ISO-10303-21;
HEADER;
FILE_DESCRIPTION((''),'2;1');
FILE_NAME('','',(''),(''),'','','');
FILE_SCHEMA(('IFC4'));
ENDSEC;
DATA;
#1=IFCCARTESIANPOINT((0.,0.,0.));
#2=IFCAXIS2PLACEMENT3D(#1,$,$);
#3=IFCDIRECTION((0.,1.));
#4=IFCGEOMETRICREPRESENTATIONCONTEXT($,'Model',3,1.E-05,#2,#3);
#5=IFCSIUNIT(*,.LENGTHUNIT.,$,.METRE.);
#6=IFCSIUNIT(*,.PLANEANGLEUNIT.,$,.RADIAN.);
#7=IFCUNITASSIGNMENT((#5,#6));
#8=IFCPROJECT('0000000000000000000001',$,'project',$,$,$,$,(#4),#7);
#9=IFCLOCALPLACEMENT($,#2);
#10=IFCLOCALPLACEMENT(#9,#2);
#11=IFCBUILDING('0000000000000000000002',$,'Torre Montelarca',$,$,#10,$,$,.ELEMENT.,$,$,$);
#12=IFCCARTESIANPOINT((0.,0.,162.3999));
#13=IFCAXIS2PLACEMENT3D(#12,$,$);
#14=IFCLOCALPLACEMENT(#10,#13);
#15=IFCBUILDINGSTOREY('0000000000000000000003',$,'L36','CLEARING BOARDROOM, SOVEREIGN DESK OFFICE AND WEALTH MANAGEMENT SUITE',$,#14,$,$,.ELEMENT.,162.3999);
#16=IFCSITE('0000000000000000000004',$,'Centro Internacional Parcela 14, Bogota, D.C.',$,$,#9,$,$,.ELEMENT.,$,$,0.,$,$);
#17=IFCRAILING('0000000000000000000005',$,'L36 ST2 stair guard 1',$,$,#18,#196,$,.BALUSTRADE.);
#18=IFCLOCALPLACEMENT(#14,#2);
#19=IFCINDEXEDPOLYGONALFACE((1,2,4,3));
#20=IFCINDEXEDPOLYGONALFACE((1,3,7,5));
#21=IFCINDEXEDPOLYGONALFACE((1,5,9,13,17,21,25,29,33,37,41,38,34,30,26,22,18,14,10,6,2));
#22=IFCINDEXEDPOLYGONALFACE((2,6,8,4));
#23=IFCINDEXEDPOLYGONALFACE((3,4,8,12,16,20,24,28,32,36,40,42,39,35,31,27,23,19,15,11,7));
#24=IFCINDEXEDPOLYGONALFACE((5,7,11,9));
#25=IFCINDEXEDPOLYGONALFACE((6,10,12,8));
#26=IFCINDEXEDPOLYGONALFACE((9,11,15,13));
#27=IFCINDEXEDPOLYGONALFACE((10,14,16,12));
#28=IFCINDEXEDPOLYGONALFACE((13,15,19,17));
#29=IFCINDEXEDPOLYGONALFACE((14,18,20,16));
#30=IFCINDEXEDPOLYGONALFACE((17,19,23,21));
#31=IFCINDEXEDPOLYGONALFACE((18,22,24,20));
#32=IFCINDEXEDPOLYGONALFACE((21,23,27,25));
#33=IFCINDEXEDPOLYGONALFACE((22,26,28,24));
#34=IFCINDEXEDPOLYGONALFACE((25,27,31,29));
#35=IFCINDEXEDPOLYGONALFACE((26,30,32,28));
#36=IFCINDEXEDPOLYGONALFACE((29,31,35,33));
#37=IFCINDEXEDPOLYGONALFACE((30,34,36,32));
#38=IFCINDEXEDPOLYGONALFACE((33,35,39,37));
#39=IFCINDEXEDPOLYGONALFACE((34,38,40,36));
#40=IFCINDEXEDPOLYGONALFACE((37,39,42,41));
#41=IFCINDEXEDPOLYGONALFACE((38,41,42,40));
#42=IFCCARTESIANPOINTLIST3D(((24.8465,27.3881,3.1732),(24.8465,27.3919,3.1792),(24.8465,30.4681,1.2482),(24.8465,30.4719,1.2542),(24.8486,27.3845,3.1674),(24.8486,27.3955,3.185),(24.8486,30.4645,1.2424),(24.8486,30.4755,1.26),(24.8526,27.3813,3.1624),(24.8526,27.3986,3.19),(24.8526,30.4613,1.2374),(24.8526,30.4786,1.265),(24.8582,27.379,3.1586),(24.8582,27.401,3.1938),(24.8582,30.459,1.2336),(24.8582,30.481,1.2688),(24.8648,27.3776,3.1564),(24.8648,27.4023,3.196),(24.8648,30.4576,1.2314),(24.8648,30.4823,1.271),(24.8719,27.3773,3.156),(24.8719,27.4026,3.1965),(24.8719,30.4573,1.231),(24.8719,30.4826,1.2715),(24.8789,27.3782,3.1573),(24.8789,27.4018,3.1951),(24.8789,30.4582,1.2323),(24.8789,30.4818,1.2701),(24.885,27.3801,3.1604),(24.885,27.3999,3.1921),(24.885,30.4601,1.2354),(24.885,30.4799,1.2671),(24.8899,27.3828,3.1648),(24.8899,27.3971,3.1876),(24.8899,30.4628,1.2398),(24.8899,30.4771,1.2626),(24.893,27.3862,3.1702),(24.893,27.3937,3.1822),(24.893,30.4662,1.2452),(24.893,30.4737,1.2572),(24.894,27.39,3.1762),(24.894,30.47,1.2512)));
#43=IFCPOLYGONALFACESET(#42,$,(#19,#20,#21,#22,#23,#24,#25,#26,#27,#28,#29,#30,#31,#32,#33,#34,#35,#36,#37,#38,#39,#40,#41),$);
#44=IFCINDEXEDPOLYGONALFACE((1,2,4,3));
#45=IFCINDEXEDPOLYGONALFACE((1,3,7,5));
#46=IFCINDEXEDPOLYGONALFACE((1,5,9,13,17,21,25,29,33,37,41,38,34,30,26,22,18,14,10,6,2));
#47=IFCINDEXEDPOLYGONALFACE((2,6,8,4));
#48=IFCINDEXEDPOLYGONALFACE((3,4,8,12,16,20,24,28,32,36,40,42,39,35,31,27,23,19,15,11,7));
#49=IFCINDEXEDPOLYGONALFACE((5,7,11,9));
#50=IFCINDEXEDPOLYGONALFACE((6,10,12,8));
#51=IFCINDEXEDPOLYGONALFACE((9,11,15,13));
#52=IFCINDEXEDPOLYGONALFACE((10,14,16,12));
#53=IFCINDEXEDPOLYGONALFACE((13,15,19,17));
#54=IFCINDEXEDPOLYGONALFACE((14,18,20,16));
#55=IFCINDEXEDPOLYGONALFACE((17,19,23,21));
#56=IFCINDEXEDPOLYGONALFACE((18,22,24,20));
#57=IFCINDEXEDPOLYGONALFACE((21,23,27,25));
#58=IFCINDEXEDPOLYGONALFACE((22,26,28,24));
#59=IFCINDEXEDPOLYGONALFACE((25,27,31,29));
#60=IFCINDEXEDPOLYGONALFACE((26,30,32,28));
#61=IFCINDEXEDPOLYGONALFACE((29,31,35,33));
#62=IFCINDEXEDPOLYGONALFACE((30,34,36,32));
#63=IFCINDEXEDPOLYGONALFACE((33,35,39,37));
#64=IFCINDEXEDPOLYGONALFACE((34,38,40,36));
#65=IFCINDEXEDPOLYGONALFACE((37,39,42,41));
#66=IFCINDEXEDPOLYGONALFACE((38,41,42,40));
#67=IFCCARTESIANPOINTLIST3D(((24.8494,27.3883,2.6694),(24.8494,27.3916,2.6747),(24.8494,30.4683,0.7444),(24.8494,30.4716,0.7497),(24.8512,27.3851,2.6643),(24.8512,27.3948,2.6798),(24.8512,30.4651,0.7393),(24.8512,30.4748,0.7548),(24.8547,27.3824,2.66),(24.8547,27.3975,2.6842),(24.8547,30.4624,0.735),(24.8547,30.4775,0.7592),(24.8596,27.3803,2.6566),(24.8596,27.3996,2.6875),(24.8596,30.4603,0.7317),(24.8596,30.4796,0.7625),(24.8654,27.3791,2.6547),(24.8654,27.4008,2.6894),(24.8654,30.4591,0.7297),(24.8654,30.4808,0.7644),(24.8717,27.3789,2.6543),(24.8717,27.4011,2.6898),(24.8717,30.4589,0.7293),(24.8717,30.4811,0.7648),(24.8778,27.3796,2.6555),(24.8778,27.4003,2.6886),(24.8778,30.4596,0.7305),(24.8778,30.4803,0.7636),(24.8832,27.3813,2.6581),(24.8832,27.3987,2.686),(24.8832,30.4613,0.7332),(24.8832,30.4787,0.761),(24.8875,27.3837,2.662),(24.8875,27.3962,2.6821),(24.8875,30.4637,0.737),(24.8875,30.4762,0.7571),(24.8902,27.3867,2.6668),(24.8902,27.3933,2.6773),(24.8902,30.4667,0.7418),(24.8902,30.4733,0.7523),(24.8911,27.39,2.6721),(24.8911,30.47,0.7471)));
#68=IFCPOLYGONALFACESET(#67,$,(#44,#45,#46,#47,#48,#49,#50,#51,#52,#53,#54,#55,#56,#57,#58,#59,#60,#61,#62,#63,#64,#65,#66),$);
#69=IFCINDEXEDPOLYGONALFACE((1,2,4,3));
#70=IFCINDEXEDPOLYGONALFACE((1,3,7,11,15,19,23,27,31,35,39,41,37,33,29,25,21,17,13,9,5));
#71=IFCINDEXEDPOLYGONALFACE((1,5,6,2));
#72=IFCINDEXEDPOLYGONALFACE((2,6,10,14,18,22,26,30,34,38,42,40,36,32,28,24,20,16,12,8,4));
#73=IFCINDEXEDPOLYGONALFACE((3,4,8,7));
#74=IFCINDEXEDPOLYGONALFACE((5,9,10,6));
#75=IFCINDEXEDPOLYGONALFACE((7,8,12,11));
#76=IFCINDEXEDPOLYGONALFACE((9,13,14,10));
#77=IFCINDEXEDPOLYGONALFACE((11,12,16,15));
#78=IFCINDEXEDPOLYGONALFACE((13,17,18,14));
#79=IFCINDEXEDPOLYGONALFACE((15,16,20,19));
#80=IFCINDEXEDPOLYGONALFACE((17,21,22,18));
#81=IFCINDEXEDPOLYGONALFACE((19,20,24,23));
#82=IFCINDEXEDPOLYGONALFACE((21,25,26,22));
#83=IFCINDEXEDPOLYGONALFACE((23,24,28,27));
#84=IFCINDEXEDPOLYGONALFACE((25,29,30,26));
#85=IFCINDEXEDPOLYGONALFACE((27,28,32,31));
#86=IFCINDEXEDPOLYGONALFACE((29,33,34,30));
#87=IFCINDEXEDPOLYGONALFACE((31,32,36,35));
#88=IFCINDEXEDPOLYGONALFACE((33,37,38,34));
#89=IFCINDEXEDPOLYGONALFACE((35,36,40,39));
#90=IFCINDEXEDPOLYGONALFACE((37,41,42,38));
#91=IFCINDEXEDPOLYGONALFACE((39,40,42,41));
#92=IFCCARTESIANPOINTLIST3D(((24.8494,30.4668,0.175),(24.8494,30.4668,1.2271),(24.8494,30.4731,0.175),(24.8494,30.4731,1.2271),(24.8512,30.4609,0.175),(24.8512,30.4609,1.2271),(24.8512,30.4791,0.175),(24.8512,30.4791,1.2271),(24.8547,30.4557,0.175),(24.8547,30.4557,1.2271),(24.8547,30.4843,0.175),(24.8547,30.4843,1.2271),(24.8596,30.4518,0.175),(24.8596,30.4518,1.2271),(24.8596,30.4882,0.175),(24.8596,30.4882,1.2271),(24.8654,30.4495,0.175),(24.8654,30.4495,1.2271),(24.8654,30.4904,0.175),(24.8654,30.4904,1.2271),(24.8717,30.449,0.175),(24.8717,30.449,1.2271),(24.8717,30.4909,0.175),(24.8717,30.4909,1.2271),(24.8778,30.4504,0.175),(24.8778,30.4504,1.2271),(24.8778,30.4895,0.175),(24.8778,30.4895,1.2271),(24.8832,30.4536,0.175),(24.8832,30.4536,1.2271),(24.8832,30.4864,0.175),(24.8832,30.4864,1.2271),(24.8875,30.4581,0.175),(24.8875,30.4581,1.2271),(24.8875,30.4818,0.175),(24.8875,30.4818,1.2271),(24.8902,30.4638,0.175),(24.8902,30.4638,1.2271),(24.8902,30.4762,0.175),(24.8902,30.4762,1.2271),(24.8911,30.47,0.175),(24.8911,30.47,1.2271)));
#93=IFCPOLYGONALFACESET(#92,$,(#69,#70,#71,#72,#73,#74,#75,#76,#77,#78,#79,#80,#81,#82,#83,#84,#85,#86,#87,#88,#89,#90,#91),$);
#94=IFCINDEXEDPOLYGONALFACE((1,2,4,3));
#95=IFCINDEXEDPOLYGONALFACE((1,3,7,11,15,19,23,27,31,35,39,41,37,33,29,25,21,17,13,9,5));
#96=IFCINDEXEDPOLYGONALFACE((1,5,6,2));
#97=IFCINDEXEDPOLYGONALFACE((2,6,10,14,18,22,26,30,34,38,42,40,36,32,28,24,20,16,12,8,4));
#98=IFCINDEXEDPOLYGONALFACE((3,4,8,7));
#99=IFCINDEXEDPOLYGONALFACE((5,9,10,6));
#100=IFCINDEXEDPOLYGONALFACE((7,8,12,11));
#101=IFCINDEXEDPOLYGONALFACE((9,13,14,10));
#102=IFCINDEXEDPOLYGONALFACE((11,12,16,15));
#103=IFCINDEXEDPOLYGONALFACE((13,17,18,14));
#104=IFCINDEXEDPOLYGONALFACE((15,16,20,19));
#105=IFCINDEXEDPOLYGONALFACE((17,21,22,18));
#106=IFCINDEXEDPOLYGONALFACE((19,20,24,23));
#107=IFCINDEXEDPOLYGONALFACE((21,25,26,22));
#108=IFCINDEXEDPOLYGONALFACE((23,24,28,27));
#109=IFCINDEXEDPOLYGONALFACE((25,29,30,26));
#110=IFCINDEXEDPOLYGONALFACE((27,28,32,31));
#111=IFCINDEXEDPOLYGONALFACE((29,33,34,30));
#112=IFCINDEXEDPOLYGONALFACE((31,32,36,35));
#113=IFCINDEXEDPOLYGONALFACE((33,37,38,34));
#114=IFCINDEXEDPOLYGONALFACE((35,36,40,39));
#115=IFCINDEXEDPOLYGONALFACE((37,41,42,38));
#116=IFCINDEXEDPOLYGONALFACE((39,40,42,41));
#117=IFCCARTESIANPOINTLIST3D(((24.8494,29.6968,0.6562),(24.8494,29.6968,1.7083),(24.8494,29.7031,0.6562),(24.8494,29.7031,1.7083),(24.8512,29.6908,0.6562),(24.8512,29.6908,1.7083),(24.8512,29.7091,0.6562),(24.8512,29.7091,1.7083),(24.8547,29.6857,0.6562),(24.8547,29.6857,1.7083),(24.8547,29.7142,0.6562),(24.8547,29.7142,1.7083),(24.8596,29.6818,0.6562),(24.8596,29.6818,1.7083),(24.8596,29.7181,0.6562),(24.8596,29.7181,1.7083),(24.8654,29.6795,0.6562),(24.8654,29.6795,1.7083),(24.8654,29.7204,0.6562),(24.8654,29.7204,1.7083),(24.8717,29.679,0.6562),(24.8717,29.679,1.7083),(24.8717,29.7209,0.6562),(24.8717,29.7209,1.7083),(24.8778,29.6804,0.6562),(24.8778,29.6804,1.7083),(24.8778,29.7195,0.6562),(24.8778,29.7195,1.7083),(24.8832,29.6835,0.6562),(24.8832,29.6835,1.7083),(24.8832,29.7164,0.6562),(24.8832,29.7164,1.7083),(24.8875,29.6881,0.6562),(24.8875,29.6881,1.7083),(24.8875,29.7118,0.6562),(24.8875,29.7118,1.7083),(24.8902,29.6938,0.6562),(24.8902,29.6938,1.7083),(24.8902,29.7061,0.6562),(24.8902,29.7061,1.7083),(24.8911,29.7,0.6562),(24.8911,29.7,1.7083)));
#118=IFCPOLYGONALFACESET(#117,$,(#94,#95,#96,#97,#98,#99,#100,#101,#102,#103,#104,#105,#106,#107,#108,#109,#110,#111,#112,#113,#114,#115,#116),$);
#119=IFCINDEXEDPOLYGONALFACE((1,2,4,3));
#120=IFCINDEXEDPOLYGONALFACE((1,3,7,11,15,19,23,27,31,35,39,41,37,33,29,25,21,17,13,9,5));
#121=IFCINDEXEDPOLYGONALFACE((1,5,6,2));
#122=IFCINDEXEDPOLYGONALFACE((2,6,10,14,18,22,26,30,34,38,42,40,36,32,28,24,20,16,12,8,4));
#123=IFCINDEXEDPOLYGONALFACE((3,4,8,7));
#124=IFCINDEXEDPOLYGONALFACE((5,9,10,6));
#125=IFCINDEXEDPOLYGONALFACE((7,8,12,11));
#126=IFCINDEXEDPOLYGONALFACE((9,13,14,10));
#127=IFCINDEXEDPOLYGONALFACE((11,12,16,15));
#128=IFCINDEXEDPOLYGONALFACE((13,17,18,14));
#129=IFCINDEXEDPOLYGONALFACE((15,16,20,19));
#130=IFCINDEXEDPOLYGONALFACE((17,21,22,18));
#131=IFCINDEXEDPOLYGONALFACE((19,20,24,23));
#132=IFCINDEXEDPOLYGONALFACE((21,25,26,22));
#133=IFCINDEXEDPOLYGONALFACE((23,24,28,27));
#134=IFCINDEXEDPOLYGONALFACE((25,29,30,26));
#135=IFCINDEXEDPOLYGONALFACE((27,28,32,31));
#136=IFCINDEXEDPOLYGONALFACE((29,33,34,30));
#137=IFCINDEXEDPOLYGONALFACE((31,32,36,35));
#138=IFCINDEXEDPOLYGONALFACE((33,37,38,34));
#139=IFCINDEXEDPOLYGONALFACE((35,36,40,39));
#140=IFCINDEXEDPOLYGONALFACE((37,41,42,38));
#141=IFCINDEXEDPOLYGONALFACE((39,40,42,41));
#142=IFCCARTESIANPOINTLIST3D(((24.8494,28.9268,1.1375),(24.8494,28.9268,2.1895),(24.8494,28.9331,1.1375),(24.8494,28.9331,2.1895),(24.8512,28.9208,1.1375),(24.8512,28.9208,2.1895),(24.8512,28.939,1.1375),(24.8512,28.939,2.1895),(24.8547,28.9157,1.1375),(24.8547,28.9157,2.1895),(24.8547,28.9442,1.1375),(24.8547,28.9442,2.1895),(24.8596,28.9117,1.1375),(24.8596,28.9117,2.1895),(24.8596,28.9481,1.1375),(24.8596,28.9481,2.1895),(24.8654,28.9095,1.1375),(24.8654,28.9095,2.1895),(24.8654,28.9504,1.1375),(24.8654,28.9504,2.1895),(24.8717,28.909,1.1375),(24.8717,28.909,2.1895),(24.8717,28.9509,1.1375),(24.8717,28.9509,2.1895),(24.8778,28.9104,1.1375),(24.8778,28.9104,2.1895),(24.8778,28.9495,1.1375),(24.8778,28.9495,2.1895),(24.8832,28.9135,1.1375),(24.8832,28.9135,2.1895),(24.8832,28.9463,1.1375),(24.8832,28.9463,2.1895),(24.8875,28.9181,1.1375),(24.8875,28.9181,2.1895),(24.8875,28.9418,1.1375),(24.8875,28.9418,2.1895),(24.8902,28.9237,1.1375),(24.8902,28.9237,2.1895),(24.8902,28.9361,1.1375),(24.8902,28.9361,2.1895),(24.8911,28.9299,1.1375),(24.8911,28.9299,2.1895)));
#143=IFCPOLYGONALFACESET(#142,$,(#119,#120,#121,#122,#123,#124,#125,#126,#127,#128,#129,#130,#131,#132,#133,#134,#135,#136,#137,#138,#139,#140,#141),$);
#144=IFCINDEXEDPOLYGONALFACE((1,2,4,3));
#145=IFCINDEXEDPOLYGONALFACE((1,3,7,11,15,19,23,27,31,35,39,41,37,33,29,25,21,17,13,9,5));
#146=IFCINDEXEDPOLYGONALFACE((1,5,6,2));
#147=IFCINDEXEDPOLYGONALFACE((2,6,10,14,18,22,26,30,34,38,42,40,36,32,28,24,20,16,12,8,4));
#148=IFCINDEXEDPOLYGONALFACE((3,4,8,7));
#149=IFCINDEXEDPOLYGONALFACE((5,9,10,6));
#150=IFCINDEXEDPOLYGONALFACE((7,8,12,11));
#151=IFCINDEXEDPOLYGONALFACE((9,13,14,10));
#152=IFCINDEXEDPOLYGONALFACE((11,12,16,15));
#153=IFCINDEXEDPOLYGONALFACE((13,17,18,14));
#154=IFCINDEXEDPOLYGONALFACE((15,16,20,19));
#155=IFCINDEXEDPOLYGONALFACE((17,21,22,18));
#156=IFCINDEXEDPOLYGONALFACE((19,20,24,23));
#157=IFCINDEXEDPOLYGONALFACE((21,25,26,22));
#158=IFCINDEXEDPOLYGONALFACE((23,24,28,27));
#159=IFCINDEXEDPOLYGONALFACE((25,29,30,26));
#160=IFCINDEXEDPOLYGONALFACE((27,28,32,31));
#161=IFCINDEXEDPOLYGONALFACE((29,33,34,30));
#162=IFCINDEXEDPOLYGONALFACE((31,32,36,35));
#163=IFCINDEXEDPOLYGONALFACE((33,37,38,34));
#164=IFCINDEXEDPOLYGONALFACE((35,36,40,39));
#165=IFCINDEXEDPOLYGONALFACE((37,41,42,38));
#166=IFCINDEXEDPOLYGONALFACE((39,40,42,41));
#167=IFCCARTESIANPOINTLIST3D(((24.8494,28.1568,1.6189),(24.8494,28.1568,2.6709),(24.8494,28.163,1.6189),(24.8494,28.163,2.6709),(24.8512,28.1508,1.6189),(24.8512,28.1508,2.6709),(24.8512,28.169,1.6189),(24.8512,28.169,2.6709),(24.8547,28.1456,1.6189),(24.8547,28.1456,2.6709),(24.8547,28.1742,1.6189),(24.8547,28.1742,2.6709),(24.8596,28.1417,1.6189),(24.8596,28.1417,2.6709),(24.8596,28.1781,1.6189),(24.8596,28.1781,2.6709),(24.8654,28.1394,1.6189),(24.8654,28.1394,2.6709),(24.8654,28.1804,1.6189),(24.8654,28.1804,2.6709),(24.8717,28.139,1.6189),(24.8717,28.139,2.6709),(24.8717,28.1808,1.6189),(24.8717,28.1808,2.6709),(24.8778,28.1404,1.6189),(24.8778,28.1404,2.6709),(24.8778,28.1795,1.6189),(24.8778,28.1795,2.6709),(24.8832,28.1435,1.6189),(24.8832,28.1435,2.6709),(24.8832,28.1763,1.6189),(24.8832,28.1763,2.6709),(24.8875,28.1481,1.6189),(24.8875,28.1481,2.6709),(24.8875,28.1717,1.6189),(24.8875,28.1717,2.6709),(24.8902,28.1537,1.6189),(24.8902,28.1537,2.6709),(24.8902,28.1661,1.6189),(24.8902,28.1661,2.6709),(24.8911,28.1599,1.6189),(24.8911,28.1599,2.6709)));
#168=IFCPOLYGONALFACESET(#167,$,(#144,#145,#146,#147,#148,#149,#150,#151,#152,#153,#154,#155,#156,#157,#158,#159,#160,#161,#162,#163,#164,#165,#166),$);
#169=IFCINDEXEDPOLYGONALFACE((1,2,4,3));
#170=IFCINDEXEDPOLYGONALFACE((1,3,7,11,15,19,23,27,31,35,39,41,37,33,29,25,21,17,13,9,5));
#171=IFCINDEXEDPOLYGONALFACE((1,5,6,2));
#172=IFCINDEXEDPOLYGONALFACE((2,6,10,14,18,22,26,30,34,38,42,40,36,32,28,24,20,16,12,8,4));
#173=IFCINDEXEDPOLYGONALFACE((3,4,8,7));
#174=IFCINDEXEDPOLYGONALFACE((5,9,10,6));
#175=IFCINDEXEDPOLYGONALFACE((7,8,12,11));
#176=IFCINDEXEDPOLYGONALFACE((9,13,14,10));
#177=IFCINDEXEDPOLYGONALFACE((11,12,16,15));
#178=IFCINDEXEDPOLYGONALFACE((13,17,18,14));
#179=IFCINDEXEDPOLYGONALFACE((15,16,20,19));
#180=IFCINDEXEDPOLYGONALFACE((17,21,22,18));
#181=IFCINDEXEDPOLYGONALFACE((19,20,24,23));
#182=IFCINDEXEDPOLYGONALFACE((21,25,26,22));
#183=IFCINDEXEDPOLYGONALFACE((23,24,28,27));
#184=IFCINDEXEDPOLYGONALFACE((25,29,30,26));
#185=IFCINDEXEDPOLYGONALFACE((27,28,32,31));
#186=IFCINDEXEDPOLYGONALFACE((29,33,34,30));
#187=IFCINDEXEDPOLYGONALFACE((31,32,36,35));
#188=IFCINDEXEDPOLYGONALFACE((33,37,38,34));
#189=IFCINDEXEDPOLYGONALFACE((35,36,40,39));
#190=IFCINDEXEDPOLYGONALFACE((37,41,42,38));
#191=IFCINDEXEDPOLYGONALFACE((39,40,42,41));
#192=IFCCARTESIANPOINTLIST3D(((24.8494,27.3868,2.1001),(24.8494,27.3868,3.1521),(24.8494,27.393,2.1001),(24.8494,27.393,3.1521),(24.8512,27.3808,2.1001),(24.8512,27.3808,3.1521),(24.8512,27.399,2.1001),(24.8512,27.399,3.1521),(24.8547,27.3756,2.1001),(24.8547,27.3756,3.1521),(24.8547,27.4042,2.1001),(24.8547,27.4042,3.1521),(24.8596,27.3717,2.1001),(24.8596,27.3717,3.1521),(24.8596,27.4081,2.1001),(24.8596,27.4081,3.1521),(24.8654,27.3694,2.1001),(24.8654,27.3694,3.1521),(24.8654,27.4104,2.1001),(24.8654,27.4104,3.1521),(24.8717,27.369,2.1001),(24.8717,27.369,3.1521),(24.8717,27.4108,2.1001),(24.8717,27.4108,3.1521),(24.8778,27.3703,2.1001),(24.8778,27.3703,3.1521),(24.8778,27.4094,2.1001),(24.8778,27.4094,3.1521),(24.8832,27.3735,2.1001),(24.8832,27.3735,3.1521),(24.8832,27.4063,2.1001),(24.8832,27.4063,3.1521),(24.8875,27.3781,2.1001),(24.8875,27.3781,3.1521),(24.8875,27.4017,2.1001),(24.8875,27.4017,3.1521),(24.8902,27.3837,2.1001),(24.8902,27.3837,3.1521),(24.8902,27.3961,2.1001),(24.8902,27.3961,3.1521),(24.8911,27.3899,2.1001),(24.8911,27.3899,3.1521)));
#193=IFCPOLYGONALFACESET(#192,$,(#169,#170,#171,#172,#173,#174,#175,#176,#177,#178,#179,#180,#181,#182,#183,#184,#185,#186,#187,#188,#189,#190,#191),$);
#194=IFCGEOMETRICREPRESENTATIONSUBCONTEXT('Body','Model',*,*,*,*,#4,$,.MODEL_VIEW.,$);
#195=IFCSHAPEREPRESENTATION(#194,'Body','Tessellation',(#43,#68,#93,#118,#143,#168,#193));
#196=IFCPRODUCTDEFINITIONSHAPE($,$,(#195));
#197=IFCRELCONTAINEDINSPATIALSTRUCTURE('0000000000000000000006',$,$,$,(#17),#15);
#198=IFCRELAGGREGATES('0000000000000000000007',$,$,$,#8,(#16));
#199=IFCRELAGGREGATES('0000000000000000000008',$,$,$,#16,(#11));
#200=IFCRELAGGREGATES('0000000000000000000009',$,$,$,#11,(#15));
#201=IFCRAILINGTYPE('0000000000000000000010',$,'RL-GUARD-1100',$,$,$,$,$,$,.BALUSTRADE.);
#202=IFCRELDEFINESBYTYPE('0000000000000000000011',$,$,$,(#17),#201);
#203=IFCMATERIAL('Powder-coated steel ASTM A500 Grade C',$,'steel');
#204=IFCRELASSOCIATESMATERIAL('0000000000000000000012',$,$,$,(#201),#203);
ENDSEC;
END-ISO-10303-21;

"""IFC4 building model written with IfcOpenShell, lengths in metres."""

from ifc_helpers import new_model, si_unit, direction, frame, origin, origin_2d, place, context, subcontext, project, spatial, circle, extrude, material, type_object, element, save


model = new_model("IFC4")

# Units and contexts
model_context = context("Model", 3, precision=1e-05, world=origin(), true_north=direction((0.0, 1.0)))
body_context = subcontext(model_context, "Body", "Model", "MODEL_VIEW")
ifc_project = project(units=[si_unit("LENGTHUNIT", "METRE"), si_unit("PLANEANGLEUNIT", "RADIAN")], contexts=[model_context])

# Site, building, storey
site_placement = place(None, origin())
site = spatial("IfcSite", under=ifc_project, at=site_placement, Name="Centro Internacional Parcela 14, Bogota, D.C.", CompositionType="ELEMENT", RefElevation=0.0)
building_placement = place(site_placement, origin())
building = spatial("IfcBuilding", under=site, at=building_placement, Name="Torre Montelarca", CompositionType="ELEMENT")
storey_placement = place(building_placement, frame((0.0, 0.0, 162.3999)))
storey = spatial("IfcBuildingStorey", under=building, at=storey_placement, Name="L36", Description="CLEARING BOARDROOM, SOVEREIGN DESK OFFICE AND WEALTH MANAGEMENT SUITE", CompositionType="ELEMENT", Elevation=162.3999)

# Railing
ifc_material_1 = material(Name="Powder-coated steel ASTM A500 Grade C", Category="steel")
railing_type_1 = type_object("IfcRailingType", Name="RL-GUARD-1100", PredefinedType="BALUSTRADE", material=ifc_material_1)
railing_1_placement = place(storey_placement, frame((24.8701, 30.47, 0.175)))
element("IfcRailing", 1, at=railing_1_placement, inside=storey, type_object=railing_type_1, Name="L36 ST2 stair guard 1", PredefinedType="BALUSTRADE", context=body_context, shape_type="SweptSolid", body=[
    extrude(circle(Radius=0.0239, at=origin_2d()), frame((0.0, 0.0, 1.0762), z_axis=(0.0, -0.847998, 0.529999), x_axis=(1.0, 0.0, 0.0)), (0.0, 0.0, 1.0), 3.6321),
    extrude(circle(Radius=0.021, at=origin_2d()), frame((0.0, 0.0, 0.572), z_axis=(0.0, -0.847998, 0.529999), x_axis=(1.0, 0.0, 0.0)), (0.0, 0.0, 1.0), 3.6321),
    extrude(circle(Radius=0.021, at=origin_2d()), origin(), (0.0, 0.0, 1.0), 1.052),
    extrude(circle(Radius=0.021, at=origin_2d()), frame((0.0, -0.77, 0.4812)), (0.0, 0.0, 1.0), 1.052),
    extrude(circle(Radius=0.021, at=origin_2d()), frame((0.0, -1.54, 0.9624)), (0.0, 0.0, 1.0), 1.052),
    extrude(circle(Radius=0.021, at=origin_2d()), frame((0.0, -2.3101, 1.4438)), (0.0, 0.0, 1.0), 1.052),
    extrude(circle(Radius=0.021, at=origin_2d()), frame((0.0, -3.0801, 1.925)), (0.0, 0.0, 1.0), 1.052),
])

save(model, "model.ifc")
